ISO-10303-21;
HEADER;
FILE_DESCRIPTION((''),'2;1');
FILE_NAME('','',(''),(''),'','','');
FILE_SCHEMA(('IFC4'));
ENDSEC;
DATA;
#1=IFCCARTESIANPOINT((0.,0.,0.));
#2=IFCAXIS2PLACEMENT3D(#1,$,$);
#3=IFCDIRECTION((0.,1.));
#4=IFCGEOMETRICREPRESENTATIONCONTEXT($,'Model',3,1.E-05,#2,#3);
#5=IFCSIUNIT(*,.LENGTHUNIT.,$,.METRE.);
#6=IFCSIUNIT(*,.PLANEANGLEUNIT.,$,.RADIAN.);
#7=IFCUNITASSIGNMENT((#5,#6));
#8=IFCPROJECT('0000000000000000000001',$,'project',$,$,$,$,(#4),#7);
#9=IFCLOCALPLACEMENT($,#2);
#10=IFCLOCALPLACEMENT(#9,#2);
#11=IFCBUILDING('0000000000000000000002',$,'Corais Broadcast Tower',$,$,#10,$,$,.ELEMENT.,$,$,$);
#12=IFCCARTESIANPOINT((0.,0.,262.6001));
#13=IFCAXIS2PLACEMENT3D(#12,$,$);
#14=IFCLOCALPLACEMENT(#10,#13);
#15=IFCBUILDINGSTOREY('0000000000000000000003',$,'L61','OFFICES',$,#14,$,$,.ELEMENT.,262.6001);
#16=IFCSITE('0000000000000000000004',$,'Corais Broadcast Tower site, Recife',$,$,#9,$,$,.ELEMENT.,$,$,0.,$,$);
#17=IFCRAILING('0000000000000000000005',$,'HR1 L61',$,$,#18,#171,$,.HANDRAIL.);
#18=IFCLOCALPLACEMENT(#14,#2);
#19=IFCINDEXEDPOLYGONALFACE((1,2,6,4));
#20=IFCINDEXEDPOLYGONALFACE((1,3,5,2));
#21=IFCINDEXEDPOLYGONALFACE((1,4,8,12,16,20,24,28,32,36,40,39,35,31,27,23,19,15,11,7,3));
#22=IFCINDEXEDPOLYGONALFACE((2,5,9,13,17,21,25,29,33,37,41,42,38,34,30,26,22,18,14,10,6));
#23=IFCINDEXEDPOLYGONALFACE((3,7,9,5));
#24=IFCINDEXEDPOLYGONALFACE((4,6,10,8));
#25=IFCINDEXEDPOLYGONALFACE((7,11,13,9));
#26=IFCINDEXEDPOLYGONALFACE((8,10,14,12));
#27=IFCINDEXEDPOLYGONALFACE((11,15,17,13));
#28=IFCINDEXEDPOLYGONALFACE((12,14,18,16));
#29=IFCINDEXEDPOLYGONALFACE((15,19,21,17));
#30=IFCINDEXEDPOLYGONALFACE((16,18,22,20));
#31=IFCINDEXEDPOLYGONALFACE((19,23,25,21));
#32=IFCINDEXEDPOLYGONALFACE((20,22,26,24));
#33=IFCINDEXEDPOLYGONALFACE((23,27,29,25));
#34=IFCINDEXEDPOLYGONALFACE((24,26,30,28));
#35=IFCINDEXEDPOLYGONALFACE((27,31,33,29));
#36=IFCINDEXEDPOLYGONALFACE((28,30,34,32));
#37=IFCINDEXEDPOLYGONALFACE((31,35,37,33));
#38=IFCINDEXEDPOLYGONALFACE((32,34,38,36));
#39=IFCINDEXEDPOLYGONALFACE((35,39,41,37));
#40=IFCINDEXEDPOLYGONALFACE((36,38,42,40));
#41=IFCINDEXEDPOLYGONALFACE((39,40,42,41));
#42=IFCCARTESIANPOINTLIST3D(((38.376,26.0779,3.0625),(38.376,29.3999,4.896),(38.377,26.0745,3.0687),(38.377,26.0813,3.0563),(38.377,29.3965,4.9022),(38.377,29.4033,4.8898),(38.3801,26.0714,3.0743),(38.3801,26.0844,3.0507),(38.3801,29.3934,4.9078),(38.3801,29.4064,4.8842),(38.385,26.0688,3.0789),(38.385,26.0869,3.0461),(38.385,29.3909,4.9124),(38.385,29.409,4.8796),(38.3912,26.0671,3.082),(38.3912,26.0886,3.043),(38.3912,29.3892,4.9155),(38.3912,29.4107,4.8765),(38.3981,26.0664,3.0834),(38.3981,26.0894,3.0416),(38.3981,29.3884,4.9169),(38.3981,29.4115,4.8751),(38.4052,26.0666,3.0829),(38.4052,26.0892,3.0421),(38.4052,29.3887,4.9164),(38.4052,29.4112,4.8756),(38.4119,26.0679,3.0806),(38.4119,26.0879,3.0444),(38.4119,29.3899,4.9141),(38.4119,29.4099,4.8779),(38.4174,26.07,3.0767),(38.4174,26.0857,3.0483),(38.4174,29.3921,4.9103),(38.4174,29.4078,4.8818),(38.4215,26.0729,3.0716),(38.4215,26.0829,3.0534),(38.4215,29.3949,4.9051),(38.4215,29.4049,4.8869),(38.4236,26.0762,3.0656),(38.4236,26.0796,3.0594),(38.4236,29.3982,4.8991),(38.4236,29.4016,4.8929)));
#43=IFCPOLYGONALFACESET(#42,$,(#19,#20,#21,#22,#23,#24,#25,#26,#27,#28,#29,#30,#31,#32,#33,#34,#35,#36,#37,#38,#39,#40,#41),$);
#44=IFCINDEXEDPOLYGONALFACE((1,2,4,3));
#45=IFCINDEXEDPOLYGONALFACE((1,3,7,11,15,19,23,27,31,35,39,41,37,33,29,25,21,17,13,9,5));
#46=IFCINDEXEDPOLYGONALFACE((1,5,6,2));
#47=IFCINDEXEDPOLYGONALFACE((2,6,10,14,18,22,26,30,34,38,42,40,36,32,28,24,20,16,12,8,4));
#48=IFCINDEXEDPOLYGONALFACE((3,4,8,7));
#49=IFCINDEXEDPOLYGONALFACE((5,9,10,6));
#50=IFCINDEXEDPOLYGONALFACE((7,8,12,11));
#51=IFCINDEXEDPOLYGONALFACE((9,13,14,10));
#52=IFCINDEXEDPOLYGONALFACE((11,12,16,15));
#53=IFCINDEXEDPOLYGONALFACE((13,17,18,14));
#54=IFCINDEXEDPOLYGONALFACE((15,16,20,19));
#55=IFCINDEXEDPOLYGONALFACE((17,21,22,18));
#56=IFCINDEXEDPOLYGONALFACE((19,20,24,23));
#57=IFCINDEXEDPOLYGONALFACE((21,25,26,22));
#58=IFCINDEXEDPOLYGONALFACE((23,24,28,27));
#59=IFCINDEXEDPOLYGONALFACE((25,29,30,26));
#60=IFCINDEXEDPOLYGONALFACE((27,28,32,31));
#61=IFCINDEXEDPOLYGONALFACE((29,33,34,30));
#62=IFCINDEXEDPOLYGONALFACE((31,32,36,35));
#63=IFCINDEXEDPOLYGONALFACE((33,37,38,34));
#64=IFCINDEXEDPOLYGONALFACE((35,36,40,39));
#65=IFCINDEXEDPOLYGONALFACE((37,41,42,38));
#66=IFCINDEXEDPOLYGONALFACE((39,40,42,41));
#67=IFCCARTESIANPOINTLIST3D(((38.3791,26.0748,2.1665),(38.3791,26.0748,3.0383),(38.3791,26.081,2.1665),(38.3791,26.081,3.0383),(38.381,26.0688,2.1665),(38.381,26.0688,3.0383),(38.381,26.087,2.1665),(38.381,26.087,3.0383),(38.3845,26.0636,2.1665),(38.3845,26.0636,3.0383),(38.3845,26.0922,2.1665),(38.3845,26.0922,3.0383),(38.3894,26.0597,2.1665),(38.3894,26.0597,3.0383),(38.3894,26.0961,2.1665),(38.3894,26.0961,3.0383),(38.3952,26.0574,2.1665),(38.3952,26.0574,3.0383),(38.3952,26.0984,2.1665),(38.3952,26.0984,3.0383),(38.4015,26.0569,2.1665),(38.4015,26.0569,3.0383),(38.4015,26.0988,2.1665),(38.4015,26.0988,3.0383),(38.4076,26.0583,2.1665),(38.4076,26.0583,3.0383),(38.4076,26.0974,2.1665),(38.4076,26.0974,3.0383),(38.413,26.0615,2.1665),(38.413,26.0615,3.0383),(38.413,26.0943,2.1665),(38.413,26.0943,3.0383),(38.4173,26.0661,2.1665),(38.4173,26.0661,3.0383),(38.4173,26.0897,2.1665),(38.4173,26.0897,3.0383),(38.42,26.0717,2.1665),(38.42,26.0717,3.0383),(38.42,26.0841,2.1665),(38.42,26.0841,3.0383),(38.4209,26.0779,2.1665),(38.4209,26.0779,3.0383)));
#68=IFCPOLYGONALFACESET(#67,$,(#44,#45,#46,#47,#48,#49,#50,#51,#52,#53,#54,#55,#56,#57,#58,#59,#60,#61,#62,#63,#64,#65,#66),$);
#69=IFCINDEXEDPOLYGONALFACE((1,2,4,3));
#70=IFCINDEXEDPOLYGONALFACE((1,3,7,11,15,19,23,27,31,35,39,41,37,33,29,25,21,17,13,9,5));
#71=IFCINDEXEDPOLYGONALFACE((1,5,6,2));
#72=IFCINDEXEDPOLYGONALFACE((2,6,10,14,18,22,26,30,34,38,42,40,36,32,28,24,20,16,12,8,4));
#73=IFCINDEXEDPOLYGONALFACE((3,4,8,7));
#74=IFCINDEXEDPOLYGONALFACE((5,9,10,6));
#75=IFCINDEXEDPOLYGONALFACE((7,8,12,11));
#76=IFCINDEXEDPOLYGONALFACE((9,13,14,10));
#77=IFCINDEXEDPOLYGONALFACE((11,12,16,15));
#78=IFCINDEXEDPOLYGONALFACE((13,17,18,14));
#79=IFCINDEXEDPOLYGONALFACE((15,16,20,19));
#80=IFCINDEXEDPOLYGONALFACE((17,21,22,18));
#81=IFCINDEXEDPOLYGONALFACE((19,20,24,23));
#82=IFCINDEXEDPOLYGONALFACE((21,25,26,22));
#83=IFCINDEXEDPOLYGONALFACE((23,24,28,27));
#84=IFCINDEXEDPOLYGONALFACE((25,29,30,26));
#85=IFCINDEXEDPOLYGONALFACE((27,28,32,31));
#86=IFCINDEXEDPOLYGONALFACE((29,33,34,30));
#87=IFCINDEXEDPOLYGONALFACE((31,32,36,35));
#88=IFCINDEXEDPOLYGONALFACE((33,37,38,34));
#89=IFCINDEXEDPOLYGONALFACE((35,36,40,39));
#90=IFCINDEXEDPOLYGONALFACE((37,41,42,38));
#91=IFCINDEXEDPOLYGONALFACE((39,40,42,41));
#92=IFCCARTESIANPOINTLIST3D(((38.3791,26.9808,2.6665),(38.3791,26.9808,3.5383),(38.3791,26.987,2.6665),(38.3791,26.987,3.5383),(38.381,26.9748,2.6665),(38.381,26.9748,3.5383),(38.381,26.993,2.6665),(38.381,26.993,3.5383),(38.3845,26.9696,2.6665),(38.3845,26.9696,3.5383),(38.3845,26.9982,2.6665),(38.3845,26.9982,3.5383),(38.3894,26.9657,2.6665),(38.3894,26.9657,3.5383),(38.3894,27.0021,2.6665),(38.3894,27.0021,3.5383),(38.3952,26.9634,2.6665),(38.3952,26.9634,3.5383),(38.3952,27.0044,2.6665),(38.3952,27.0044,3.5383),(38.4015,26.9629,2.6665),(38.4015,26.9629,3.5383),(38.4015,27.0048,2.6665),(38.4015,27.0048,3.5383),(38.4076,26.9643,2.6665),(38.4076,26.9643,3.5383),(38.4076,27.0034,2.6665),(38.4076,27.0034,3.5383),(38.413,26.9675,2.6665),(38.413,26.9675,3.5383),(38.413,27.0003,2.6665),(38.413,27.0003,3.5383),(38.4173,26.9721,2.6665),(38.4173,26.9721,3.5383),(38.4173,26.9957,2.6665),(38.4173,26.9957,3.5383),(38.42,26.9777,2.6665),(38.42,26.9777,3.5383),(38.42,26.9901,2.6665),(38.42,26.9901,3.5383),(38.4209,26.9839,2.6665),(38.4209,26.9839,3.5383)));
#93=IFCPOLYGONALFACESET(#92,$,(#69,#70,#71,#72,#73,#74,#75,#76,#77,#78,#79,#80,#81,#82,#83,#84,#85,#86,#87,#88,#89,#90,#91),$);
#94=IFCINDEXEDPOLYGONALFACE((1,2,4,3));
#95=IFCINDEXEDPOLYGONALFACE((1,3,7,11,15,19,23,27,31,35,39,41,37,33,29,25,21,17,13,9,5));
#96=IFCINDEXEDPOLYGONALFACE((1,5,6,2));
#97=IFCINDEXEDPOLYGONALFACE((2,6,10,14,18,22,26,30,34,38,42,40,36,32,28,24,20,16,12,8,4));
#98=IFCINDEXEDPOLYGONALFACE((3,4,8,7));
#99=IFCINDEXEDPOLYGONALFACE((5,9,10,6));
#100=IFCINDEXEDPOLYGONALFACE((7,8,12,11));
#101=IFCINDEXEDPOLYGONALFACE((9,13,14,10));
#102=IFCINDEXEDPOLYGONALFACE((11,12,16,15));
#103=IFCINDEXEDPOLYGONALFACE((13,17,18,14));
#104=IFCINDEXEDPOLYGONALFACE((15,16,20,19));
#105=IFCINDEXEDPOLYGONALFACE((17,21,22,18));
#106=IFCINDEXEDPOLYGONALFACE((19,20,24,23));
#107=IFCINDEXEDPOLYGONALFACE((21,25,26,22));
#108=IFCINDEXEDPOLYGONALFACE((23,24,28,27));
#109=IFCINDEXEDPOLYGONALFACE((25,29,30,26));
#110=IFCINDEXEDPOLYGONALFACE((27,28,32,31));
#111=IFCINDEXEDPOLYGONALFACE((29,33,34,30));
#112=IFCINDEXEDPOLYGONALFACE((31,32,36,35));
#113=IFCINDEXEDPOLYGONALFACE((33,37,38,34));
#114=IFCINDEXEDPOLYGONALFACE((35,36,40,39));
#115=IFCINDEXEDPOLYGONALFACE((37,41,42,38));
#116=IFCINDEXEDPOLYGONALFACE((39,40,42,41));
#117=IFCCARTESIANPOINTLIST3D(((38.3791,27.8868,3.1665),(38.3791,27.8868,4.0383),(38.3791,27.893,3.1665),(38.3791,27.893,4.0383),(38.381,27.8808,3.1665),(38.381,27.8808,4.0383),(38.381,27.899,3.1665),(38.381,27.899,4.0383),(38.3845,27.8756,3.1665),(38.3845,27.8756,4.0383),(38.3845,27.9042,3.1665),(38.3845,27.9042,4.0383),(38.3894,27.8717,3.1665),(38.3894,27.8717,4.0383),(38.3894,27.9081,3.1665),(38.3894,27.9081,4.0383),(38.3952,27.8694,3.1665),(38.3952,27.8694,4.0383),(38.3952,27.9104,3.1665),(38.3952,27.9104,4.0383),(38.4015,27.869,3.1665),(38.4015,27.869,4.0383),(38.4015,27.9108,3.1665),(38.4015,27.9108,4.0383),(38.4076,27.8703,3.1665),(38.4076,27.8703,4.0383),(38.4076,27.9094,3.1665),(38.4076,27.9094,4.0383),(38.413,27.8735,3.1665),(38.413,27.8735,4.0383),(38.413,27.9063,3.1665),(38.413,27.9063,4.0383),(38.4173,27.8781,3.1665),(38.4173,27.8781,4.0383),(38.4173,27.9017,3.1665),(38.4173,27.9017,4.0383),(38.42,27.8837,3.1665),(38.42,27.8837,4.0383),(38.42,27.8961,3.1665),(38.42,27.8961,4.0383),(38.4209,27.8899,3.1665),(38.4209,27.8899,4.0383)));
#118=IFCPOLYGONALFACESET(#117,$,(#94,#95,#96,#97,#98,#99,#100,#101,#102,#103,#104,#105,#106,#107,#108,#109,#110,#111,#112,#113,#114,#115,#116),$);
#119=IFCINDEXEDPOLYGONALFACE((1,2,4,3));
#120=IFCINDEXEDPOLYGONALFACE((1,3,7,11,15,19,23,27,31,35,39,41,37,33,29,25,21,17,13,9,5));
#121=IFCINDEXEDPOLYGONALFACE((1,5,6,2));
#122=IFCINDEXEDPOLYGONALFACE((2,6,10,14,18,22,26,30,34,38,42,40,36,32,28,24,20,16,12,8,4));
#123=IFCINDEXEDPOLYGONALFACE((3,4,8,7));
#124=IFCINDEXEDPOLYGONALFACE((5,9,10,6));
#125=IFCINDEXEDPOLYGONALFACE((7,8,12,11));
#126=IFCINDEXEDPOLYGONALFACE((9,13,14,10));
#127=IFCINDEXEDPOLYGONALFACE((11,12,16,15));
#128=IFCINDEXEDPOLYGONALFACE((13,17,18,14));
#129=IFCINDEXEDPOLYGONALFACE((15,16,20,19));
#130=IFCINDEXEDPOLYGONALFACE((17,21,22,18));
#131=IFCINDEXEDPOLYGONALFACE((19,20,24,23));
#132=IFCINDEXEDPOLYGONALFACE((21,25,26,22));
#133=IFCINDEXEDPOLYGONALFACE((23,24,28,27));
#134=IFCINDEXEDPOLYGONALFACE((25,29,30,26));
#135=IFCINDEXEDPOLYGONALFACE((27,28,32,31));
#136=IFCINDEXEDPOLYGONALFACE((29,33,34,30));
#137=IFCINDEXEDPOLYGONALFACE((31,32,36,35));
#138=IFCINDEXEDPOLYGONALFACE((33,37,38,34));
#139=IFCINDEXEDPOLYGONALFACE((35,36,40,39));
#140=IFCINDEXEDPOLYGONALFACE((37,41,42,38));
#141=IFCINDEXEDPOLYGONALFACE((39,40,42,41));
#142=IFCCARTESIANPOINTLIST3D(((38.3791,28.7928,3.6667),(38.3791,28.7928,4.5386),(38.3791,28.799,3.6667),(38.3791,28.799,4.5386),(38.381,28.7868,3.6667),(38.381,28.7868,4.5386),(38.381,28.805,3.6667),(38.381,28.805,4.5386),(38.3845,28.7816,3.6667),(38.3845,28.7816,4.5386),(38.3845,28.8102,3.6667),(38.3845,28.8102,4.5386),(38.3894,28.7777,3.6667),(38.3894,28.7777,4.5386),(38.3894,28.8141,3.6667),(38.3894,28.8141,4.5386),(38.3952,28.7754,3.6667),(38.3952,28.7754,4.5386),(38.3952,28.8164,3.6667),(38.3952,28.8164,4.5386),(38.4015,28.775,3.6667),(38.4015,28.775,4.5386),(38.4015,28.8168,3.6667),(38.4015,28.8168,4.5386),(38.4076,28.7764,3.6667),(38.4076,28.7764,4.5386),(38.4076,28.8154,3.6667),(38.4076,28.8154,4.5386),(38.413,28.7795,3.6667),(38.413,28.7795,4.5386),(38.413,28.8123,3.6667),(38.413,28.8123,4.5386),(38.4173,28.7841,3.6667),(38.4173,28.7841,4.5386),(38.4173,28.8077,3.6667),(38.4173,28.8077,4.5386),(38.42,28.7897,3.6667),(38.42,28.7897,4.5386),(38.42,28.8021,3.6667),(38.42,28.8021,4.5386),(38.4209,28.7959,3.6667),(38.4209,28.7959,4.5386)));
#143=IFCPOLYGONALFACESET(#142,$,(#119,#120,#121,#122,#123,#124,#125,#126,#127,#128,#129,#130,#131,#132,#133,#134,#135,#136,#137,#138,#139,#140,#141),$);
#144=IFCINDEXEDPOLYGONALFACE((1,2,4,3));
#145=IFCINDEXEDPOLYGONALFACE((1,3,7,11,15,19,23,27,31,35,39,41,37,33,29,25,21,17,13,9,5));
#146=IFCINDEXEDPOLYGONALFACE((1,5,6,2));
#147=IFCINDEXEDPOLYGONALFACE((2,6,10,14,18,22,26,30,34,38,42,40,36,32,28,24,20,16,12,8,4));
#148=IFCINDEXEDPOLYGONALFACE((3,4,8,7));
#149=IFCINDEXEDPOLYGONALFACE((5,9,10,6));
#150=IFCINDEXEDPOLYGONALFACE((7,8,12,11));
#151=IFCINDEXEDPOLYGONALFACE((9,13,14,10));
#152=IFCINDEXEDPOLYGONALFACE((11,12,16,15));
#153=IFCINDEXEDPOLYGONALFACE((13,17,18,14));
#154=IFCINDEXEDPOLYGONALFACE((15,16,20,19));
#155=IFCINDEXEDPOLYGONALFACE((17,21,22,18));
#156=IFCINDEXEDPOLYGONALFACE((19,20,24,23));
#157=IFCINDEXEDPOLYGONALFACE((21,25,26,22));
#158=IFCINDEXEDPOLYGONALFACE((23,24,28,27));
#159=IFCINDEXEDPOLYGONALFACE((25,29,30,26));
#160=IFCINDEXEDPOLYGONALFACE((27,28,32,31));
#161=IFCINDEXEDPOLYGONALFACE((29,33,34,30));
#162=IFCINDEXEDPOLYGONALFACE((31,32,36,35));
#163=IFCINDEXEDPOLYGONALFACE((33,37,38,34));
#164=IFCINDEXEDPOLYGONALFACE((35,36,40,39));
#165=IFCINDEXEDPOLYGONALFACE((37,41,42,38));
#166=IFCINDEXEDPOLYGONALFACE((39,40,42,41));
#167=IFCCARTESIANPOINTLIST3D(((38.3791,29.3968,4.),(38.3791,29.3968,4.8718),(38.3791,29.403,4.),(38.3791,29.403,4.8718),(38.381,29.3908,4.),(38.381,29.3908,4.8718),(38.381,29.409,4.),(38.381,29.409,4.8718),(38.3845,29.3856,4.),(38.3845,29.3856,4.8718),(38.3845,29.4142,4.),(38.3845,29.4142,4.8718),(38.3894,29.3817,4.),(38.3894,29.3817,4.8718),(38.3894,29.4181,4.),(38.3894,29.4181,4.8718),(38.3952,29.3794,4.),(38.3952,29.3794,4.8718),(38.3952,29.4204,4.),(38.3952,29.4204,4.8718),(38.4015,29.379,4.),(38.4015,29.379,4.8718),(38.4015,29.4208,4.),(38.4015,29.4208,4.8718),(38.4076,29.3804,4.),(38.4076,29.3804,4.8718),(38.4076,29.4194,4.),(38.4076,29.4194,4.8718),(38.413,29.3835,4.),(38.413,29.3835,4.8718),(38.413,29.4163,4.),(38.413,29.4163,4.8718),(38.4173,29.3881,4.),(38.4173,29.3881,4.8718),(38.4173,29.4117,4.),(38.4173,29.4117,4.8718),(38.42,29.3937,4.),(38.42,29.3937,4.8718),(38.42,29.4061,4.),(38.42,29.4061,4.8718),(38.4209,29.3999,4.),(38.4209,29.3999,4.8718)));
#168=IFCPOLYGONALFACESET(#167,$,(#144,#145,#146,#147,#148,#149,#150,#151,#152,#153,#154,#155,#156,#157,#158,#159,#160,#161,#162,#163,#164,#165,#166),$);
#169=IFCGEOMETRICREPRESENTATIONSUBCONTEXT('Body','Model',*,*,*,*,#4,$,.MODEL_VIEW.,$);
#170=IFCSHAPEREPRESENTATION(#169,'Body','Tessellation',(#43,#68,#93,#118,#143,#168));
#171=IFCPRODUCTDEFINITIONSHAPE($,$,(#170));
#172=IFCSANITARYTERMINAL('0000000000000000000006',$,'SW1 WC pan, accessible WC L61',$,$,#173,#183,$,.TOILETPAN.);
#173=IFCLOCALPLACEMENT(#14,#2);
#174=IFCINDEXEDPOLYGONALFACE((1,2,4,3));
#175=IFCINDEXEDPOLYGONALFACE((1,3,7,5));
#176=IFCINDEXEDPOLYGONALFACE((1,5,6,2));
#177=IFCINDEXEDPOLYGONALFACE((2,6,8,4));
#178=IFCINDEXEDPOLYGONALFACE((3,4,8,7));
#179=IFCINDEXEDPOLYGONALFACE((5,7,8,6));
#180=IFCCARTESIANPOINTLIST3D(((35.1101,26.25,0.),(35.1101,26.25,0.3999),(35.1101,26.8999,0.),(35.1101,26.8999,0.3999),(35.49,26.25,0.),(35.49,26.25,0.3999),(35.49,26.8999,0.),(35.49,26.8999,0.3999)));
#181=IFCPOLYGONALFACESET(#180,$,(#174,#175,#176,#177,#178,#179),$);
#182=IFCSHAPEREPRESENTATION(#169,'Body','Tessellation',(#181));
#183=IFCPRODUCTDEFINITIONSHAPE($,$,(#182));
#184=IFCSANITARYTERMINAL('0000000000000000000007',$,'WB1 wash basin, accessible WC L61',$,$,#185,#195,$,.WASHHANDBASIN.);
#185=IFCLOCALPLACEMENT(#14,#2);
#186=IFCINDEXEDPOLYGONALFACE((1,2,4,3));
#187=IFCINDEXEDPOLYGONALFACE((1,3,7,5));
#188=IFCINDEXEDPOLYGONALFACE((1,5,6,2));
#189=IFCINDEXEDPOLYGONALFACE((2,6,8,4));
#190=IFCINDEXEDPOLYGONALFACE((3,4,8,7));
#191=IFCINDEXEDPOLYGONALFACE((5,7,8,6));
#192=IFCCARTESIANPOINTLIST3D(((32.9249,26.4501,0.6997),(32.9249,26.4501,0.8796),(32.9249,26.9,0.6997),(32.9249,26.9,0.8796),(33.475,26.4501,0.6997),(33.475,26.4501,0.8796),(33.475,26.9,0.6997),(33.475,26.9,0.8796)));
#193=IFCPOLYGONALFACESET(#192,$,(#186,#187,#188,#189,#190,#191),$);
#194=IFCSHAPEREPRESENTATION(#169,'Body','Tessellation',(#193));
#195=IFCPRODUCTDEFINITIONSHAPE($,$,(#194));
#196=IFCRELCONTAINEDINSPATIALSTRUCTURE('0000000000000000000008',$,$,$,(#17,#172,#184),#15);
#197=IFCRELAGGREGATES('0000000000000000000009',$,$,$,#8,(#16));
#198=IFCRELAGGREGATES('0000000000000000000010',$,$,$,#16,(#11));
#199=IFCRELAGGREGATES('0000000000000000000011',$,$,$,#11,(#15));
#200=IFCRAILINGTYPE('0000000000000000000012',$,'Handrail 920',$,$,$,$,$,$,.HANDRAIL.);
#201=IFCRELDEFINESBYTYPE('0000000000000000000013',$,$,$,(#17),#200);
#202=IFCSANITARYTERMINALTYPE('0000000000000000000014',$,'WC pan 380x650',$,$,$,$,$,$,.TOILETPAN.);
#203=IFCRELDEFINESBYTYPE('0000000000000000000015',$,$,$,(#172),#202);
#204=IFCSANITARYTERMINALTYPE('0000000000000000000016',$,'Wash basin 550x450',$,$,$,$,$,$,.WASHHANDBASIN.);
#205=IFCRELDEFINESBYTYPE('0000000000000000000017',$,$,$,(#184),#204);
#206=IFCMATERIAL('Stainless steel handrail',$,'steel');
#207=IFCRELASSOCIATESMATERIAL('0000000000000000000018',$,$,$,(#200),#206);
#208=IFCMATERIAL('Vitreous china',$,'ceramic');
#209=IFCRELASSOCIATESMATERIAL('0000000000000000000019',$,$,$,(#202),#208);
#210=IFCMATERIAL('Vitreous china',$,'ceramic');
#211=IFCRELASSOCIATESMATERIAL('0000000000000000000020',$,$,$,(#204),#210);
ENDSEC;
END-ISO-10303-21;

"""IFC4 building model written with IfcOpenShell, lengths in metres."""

from ifc_helpers import new_model, si_unit, direction, frame, origin, origin_2d, place, context, subcontext, project, spatial, rectangle, circle, extrude, material, type_object, element, save


model = new_model("IFC4")

# Units and contexts
model_context = context("Model", 3, precision=1e-05, world=origin(), true_north=direction((0.0, 1.0)))
body_context = subcontext(model_context, "Body", "Model", "MODEL_VIEW")
ifc_project = project(units=[si_unit("LENGTHUNIT", "METRE"), si_unit("PLANEANGLEUNIT", "RADIAN")], contexts=[model_context])

# Site, building, storey
site_placement = place(None, origin())
site = spatial("IfcSite", under=ifc_project, at=site_placement, Name="Corais Broadcast Tower site, Recife", CompositionType="ELEMENT", RefElevation=0.0)
building_placement = place(site_placement, origin())
building = spatial("IfcBuilding", under=site, at=building_placement, Name="Corais Broadcast Tower", CompositionType="ELEMENT")
storey_placement = place(building_placement, frame((0.0, 0.0, 262.6001)))
storey = spatial("IfcBuildingStorey", under=building, at=storey_placement, Name="L61", Description="OFFICES", CompositionType="ELEMENT", Elevation=262.6001)

# Railing
ifc_material_1 = material(Name="Stainless steel handrail", Category="steel")
railing_type = type_object("IfcRailingType", Name="Handrail 920", PredefinedType="HANDRAIL", material=ifc_material_1)
for number, where, name in (
    (1, (38.3999, 26.0779, 2.1665), "HR1 L61"),
):
    element("IfcRailing", number, at=place(storey_placement, frame(where)), inside=storey, type_object=railing_type, Name=name, PredefinedType="HANDRAIL", context=body_context, shape_type="SweptSolid", body=[
        extrude(circle(Radius=0.0239, at=origin_2d()), frame((0.0, 0.0, 0.896), z_axis=(0.0, 0.875504, 0.48321), x_axis=(-1.0, 0.0, 0.0)), (0.0, 0.0, 1.0), 3.7944),
        extrude(circle(Radius=0.021, at=origin_2d()), origin(), (0.0, 0.0, 1.0), 0.8718),
        extrude(circle(Radius=0.021, at=origin_2d()), frame((0.0, 0.906, 0.5)), (0.0, 0.0, 1.0), 0.8718),
        extrude(circle(Radius=0.021, at=origin_2d()), frame((0.0, 1.812, 1.0)), (0.0, 0.0, 1.0), 0.8718),
        extrude(circle(Radius=0.021, at=origin_2d()), frame((0.0, 2.718, 1.5002)), (0.0, 0.0, 1.0), 0.8718),
        extrude(circle(Radius=0.021, at=origin_2d()), frame((0.0, 3.322, 1.8335)), (0.0, 0.0, 1.0), 0.8718),
    ])

# Sanitary terminals
ifc_material_2 = material(Name="Vitreous china", Category="ceramic")
sanitary_terminal_type_1 = type_object("IfcSanitaryTerminalType", Name="WC pan 380x650", PredefinedType="TOILETPAN", material=ifc_material_2)
sanitary_terminal_1_placement = place(storey_placement, frame((35.3, 26.575, 0.0), z_axis=(0.0, 0.0, 1.0), x_axis=(1.0, 0.0, 0.0)))
element("IfcSanitaryTerminal", 2, at=sanitary_terminal_1_placement, inside=storey, type_object=sanitary_terminal_type_1, Name="SW1 WC pan, accessible WC L61", PredefinedType="TOILETPAN", context=body_context, shape_type="SweptSolid", body=[
    extrude(rectangle(XDim=0.3799, YDim=0.6499, at=origin_2d()), origin(), (0.0, 0.0, 1.0), 0.3999),
])
ifc_material_3 = material(Name="Vitreous china", Category="ceramic")
sanitary_terminal_type_2 = type_object("IfcSanitaryTerminalType", Name="Wash basin 550x450", PredefinedType="WASHHANDBASIN", material=ifc_material_3)
sanitary_terminal_2_placement = place(storey_placement, frame((33.2, 26.675, 0.6997), z_axis=(0.0, 0.0, 1.0), x_axis=(1.0, 0.0, 0.0)))
element("IfcSanitaryTerminal", 3, at=sanitary_terminal_2_placement, inside=storey, type_object=sanitary_terminal_type_2, Name="WB1 wash basin, accessible WC L61", PredefinedType="WASHHANDBASIN", context=body_context, shape_type="SweptSolid", body=[
    extrude(rectangle(XDim=0.55, YDim=0.45, at=origin_2d()), origin(), (0.0, 0.0, 1.0), 0.1799),
])

save(model, "model.ifc")
